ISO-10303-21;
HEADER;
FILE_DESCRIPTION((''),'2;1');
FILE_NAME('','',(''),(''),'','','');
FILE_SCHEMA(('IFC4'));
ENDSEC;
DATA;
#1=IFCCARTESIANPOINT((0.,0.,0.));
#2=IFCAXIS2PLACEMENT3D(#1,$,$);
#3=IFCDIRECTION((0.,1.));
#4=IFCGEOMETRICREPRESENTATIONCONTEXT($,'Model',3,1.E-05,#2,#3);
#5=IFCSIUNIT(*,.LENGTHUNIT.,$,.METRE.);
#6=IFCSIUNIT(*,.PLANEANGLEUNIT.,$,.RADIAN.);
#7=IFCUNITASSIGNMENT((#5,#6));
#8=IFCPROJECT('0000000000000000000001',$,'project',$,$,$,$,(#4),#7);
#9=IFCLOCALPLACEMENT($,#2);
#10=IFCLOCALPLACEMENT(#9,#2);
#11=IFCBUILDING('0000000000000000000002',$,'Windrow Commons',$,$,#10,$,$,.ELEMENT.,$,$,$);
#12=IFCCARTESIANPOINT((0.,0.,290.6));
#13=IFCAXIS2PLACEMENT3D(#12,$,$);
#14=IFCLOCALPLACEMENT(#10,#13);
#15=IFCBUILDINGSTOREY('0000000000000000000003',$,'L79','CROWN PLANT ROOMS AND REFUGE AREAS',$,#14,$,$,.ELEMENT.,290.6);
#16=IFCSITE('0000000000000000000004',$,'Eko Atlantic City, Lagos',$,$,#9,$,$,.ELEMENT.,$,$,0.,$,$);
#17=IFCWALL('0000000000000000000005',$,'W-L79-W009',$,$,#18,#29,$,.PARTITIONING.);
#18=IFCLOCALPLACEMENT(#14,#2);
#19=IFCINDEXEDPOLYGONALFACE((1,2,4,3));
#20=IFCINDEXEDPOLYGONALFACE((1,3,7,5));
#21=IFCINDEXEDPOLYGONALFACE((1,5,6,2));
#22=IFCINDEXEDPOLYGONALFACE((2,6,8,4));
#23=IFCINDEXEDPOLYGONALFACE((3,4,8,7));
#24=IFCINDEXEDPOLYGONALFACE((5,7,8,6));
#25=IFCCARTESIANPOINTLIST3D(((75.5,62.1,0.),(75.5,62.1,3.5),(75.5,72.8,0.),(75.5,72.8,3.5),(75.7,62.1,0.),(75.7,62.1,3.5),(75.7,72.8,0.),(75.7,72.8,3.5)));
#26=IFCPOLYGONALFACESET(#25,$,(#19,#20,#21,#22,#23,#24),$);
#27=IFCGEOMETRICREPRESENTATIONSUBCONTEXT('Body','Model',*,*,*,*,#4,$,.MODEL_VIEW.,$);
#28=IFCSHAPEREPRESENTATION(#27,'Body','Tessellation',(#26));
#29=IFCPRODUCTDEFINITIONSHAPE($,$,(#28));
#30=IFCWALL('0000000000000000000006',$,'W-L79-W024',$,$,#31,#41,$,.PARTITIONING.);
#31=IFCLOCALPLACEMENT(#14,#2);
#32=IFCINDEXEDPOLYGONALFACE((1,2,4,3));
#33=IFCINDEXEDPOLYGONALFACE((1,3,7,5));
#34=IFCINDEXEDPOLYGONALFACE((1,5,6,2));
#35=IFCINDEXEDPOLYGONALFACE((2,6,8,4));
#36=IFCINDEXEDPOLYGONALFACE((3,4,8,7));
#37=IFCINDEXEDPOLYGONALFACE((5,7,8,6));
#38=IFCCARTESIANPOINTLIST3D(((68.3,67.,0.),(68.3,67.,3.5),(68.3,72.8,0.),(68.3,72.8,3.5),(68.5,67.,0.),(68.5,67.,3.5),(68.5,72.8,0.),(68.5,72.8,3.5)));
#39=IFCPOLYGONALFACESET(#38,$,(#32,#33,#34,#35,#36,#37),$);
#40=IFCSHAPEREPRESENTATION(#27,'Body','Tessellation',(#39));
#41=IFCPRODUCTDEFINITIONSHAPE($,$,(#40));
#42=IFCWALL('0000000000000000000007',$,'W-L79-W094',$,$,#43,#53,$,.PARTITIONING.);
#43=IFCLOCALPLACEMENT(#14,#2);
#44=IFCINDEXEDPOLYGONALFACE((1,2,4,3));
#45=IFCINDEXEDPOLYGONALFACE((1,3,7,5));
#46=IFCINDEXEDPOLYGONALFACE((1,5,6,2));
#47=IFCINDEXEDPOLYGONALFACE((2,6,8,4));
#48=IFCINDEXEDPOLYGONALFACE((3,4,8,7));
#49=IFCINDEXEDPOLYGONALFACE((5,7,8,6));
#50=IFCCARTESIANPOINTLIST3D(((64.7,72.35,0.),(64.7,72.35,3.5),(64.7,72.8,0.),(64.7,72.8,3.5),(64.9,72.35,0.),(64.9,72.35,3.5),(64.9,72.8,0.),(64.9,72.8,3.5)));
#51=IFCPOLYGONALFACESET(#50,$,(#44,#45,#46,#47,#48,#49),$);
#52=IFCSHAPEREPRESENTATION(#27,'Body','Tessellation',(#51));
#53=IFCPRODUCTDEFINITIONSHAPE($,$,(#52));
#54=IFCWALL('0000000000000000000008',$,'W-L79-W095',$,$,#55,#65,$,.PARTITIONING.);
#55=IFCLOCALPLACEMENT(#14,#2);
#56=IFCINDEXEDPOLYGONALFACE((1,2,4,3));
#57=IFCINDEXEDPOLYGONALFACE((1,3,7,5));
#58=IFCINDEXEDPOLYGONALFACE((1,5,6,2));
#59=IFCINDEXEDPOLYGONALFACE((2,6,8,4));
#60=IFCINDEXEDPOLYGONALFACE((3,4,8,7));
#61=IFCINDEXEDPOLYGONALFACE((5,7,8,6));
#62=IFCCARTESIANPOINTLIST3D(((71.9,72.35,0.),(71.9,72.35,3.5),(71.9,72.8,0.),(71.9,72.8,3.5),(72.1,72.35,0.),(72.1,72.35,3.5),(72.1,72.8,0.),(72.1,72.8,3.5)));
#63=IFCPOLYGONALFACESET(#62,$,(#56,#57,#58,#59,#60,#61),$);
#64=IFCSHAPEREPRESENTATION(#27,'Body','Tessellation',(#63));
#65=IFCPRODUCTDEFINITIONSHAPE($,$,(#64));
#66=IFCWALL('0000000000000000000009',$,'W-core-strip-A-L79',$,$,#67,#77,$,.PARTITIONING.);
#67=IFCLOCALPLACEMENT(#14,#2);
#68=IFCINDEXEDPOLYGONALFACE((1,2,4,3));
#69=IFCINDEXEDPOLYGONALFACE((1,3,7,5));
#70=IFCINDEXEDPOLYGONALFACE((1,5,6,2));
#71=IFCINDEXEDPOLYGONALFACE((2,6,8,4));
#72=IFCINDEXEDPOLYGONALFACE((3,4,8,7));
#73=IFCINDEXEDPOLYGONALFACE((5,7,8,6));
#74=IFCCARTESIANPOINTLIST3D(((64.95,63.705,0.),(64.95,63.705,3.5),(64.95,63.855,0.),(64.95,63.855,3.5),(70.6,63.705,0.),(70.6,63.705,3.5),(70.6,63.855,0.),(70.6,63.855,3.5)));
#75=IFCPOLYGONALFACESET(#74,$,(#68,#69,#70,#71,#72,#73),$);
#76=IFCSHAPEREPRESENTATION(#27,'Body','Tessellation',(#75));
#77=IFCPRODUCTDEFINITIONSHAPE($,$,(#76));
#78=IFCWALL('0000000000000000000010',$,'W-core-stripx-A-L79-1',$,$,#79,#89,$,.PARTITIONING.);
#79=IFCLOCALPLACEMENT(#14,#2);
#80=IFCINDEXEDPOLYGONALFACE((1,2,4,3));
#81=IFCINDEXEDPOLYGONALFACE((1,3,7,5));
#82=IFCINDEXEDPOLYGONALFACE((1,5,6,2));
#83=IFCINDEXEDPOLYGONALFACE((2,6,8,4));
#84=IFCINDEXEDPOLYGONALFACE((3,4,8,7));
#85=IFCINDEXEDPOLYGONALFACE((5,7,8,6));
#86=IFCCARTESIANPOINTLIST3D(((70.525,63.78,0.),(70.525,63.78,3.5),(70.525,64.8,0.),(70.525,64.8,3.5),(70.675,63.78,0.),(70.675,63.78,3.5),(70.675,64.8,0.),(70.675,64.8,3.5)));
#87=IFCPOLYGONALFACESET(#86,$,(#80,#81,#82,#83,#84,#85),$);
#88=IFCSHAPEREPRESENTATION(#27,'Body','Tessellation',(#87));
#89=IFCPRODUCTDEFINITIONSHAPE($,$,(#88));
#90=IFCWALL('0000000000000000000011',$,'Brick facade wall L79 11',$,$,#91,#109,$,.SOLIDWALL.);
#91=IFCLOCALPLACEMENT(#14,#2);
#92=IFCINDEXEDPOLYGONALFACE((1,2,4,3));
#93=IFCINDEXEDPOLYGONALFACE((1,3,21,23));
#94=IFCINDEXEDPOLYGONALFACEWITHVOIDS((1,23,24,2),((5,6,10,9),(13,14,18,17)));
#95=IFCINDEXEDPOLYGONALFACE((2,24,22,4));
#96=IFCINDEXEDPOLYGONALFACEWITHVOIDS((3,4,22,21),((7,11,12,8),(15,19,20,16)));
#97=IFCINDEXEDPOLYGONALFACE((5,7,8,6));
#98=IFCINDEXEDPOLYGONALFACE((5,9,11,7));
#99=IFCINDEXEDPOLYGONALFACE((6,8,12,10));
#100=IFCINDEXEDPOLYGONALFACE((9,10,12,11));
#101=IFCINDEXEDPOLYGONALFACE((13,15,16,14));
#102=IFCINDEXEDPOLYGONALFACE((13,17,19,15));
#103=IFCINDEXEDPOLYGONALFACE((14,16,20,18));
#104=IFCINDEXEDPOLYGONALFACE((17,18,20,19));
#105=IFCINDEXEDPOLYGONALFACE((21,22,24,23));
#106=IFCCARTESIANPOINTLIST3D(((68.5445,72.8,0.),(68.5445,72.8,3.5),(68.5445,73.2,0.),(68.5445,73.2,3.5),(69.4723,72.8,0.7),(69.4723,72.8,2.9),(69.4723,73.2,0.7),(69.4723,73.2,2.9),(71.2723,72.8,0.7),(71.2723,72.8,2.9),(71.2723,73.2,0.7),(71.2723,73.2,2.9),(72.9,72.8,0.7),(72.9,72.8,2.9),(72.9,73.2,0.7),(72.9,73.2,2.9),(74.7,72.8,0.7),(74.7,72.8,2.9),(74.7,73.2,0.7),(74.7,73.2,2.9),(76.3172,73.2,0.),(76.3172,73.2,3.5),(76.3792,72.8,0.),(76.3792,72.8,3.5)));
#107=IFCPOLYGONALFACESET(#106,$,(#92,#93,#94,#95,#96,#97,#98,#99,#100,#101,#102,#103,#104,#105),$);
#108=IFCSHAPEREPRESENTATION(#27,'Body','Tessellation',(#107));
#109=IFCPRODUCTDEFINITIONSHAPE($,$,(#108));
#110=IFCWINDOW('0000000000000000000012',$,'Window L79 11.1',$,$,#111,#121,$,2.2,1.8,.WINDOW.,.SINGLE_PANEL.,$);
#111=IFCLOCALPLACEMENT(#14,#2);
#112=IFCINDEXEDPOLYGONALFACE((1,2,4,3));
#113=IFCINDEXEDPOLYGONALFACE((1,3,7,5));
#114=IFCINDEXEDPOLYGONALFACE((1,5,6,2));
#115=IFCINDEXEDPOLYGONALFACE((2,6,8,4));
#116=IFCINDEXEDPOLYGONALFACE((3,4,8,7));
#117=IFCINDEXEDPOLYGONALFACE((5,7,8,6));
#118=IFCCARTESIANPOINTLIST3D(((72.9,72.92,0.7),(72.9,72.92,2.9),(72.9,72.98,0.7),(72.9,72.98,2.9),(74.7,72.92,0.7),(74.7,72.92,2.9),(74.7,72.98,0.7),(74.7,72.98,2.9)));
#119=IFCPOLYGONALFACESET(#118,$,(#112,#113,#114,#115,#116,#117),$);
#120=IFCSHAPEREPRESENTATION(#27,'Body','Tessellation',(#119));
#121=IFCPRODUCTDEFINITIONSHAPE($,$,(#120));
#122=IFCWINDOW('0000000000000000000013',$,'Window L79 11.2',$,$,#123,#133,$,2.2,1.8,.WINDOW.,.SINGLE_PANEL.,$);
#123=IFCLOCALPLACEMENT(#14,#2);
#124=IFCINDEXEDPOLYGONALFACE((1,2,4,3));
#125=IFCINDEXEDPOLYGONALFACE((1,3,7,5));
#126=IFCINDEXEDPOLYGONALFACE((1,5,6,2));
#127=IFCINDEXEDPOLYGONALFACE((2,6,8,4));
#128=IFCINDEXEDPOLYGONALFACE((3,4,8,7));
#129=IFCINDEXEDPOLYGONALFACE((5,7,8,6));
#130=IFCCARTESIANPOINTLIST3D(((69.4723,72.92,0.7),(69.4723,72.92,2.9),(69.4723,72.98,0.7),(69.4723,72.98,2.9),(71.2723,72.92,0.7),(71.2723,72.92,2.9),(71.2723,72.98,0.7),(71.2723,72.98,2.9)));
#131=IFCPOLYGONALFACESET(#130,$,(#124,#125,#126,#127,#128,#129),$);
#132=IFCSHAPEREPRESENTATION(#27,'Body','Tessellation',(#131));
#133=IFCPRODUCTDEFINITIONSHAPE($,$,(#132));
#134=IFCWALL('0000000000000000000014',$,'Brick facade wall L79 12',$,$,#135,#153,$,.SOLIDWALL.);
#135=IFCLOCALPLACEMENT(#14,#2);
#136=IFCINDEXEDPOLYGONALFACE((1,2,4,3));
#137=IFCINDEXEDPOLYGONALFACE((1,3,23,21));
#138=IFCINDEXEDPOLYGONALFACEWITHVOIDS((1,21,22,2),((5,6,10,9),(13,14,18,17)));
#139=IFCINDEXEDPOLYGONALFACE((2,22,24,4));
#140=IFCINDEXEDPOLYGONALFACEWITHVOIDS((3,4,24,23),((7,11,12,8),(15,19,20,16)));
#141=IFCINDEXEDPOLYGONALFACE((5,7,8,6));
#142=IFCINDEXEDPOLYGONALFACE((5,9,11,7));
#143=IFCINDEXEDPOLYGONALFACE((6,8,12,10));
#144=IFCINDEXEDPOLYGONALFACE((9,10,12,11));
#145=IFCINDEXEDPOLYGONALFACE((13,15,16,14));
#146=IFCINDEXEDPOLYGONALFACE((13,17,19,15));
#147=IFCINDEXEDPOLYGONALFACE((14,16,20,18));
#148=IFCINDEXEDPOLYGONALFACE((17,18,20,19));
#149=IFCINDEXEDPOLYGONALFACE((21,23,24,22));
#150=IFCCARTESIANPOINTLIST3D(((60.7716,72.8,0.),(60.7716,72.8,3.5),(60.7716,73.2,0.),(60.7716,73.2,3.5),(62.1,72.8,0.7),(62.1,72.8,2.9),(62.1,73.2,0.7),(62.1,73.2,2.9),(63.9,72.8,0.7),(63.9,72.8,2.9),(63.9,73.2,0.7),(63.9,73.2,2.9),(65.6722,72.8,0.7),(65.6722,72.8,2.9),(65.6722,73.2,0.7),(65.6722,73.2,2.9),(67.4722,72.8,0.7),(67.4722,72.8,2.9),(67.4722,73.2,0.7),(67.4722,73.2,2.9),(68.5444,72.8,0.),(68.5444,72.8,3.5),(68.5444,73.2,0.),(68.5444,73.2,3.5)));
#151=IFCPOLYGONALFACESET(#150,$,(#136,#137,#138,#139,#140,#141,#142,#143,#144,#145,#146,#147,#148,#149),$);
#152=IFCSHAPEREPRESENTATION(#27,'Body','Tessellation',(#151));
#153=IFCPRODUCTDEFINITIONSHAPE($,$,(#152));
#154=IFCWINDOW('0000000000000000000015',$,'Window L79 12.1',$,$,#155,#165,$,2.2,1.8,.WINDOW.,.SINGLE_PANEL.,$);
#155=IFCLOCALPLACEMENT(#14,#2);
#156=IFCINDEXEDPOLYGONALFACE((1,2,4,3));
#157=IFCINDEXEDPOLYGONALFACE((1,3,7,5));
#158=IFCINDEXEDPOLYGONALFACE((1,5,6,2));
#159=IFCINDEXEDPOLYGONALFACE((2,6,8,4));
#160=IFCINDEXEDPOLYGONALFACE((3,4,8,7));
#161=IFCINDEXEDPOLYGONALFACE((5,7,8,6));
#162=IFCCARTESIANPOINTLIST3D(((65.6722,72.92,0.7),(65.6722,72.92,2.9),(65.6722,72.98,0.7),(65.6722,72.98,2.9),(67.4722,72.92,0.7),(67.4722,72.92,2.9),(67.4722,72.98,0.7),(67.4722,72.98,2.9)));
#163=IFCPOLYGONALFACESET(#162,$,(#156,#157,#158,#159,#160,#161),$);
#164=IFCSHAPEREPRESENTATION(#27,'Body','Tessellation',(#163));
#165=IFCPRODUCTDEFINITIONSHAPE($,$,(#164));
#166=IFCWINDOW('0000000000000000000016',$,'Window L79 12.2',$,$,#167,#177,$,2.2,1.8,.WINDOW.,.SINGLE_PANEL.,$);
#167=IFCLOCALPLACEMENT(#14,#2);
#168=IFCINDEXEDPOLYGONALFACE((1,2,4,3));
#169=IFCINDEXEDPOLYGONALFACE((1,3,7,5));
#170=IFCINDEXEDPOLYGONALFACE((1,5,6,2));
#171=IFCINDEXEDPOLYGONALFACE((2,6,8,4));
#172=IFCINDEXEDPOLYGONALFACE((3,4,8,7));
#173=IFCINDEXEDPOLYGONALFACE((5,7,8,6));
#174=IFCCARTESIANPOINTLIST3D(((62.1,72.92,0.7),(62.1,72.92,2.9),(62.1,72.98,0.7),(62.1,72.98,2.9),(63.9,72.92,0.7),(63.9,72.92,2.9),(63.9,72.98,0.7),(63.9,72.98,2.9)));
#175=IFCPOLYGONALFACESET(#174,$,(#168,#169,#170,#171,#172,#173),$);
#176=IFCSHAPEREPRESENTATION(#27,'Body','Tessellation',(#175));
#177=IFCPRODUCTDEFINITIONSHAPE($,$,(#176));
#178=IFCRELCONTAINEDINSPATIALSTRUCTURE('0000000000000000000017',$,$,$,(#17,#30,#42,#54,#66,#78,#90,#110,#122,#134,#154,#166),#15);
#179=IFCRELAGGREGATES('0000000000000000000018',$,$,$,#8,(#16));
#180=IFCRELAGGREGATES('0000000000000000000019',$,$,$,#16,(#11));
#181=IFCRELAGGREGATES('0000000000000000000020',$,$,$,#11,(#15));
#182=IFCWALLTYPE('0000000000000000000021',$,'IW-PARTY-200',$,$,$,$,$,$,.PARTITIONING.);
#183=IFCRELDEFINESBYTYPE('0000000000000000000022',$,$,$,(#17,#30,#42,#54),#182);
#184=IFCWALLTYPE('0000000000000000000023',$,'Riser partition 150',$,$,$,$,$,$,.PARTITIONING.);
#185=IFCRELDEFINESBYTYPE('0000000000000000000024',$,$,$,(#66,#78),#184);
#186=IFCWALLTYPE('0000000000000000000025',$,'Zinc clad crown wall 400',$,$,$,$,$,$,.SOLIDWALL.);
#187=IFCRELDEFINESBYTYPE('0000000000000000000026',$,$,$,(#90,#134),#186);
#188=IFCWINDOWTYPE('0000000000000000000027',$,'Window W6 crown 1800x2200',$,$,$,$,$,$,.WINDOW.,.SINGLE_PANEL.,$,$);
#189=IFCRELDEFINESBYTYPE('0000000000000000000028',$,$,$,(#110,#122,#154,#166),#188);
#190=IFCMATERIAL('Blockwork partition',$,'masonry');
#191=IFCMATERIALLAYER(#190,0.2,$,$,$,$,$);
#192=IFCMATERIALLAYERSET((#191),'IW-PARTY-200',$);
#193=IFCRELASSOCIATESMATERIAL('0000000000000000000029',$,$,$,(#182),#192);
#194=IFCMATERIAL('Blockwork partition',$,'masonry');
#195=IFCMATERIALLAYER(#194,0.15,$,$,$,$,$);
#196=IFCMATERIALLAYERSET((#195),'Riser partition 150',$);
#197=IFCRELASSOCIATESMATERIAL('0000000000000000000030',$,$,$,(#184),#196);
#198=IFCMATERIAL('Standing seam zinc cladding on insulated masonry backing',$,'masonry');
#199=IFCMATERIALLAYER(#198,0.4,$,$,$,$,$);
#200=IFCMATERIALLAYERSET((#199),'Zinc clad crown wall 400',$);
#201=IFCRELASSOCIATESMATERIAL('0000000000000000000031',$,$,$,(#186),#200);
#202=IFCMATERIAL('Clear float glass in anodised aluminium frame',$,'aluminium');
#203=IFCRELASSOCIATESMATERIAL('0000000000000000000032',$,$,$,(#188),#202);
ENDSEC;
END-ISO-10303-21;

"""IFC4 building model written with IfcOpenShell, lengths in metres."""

from ifc_helpers import new_model, si_unit, direction, frame, frame_2d, origin, place, context, subcontext, project, spatial, polyline, rectangle, outline, extrude, material, layer, layer_set, type_object, element, fill, save


model = new_model("IFC4")

# Units and contexts
model_context = context("Model", 3, precision=1e-05, world=origin(), true_north=direction((0.0, 1.0)))
body_context = subcontext(model_context, "Body", "Model", "MODEL_VIEW")
ifc_project = project(units=[si_unit("LENGTHUNIT", "METRE"), si_unit("PLANEANGLEUNIT", "RADIAN")], contexts=[model_context])

# Site, building, storey
site_placement = place(None, origin())
site = spatial("IfcSite", under=ifc_project, at=site_placement, Name="Eko Atlantic City, Lagos", CompositionType="ELEMENT", RefElevation=0.0)
building_placement = place(site_placement, origin())
building = spatial("IfcBuilding", under=site, at=building_placement, Name="Windrow Commons", CompositionType="ELEMENT")
storey_placement = place(building_placement, frame((0.0, 0.0, 290.6)))
storey = spatial("IfcBuildingStorey", under=building, at=storey_placement, Name="L79", Description="CROWN PLANT ROOMS AND REFUGE AREAS", CompositionType="ELEMENT", Elevation=290.6)

# Walls
ifc_material_1 = material(Name="Blockwork partition", Category="masonry")
ifc_layer_1 = layer(ifc_material_1, 0.2)
ifc_layer_set_1 = layer_set([ifc_layer_1], Name="IW-PARTY-200")
wall_type_1 = type_object("IfcWallType", Name="IW-PARTY-200", PredefinedType="PARTITIONING", material=ifc_layer_set_1)
wall_1_placement = place(storey_placement, frame((75.6, 62.1, 0.0), z_axis=(0.0, 0.0, 1.0), x_axis=(0.0, 1.0, 0.0)))
element("IfcWall", 1, at=wall_1_placement, inside=storey, type_object=wall_type_1, Name="W-L79-W009", PredefinedType="PARTITIONING", context=body_context, shape_type="SweptSolid", body=[
    extrude(outline(polyline([(0.0, -0.1), (10.7, -0.1), (10.7, 0.1), (0.0, 0.1), (0.0, -0.1)])), origin(), (0.0, 0.0, 1.0), 3.5),
])
wall_2_placement = place(storey_placement, frame((68.4, 67.0, 0.0), z_axis=(0.0, 0.0, 1.0), x_axis=(0.0, 1.0, 0.0)))
element("IfcWall", 2, at=wall_2_placement, inside=storey, type_object=wall_type_1, Name="W-L79-W024", PredefinedType="PARTITIONING", context=body_context, shape_type="SweptSolid", body=[
    extrude(outline(polyline([(0.0, -0.1), (5.8, -0.1), (5.8, 0.1), (0.0, 0.1), (0.0, -0.1)])), origin(), (0.0, 0.0, 1.0), 3.5),
])
for number, where, z_axis, x_axis, name in (
    (3, (64.8, 72.35, 0.0), (0.0, 0.0, 1.0), (0.0, 1.0, 0.0), "W-L79-W094"),
    (4, (72.0, 72.35, 0.0), (0.0, 0.0, 1.0), (0.0, 1.0, 0.0), "W-L79-W095"),
):
    element("IfcWall", number, at=place(storey_placement, frame(where, z_axis=z_axis, x_axis=x_axis)), inside=storey, type_object=wall_type_1, Name=name, PredefinedType="PARTITIONING", context=body_context, shape_type="SweptSolid", body=[
        extrude(outline(polyline([(0.0, -0.1), (0.45, -0.1), (0.45, 0.1), (0.0, 0.1), (0.0, -0.1)])), origin(), (0.0, 0.0, 1.0), 3.5),
    ])
ifc_material_2 = material(Name="Blockwork partition", Category="masonry")
ifc_layer_2 = layer(ifc_material_2, 0.15)
ifc_layer_set_2 = layer_set([ifc_layer_2], Name="Riser partition 150")
wall_type_2 = type_object("IfcWallType", Name="Riser partition 150", PredefinedType="PARTITIONING", material=ifc_layer_set_2)
wall_3_placement = place(storey_placement, frame((64.95, 63.78, 0.0), z_axis=(0.0, 0.0, 1.0), x_axis=(1.0, 0.0, 0.0)))
element("IfcWall", 5, at=wall_3_placement, inside=storey, type_object=wall_type_2, Name="W-core-strip-A-L79", PredefinedType="PARTITIONING", context=body_context, shape_type="SweptSolid", body=[
    extrude(rectangle(XDim=5.65, YDim=0.15, at=frame_2d((2.825, 0.0))), origin(), (0.0, 0.0, 1.0), 3.5),
])
wall_4_placement = place(storey_placement, frame((70.6, 63.78, 0.0), z_axis=(0.0, 0.0, 1.0), x_axis=(0.0, 1.0, 0.0)))
element("IfcWall", 6, at=wall_4_placement, inside=storey, type_object=wall_type_2, Name="W-core-stripx-A-L79-1", PredefinedType="PARTITIONING", context=body_context, shape_type="SweptSolid", body=[
    extrude(rectangle(XDim=1.02, YDim=0.15, at=frame_2d((0.51, 0.0))), origin(), (0.0, 0.0, 1.0), 3.5),
])

# Walls, openings, windows
ifc_material_3 = material(Name="Standing seam zinc cladding on insulated masonry backing", Category="masonry")
ifc_layer_3 = layer(ifc_material_3, 0.4)
ifc_layer_set_3 = layer_set([ifc_layer_3], Name="Zinc clad crown wall 400")
wall_type_3 = type_object("IfcWallType", Name="Zinc clad crown wall 400", PredefinedType="SOLIDWALL", material=ifc_layer_set_3)
wall_5_placement = place(storey_placement, frame((76.3482, 73.0, 0.0), z_axis=(0.0, 0.0, 1.0), x_axis=(-1.0, 0.0, 0.0)))
wall_5 = element("IfcWall", 7, at=wall_5_placement, inside=storey, type_object=wall_type_3, Name="Brick facade wall L79 11", PredefinedType="SOLIDWALL", context=body_context, shape_type="SweptSolid", body=[
    extrude(outline(polyline([(0.031, -0.2), (7.8037, -0.2), (7.8037, 0.2), (-0.031, 0.2), (0.031, -0.2)])), origin(), (0.0, 0.0, 1.0), 3.5),
])
opening_1_placement = place(wall_5_placement, frame((1.6482, 0.0, 0.7)))
opening_1 = element("IfcOpeningElement", 8, at=opening_1_placement, cuts=wall_5, PredefinedType="OPENING", context=body_context, shape_type="SweptSolid", body=[
    extrude(rectangle(XDim=1.8, YDim=2.2, at=frame_2d((0.9, 1.1))), frame((0.0, 0.21, 0.0), z_axis=(0.0, -1.0, 0.0), x_axis=(1.0, 0.0, 0.0)), (0.0, 0.0, 1.0), 0.42),
])
opening_2_placement = place(wall_5_placement, frame((5.0759, 0.0, 0.7)))
opening_2 = element("IfcOpeningElement", 9, at=opening_2_placement, cuts=wall_5, PredefinedType="OPENING", context=body_context, shape_type="SweptSolid", body=[
    extrude(rectangle(XDim=1.8, YDim=2.2, at=frame_2d((0.9, 1.1))), frame((0.0, 0.21, 0.0), z_axis=(0.0, -1.0, 0.0), x_axis=(1.0, 0.0, 0.0)), (0.0, 0.0, 1.0), 0.42),
])
ifc_material_4 = material(Name="Clear float glass in anodised aluminium frame", Category="aluminium")
window_type = type_object("IfcWindowType", Name="Window W6 crown 1800x2200", PartitioningType="SINGLE_PANEL", PredefinedType="WINDOW", material=ifc_material_4)
window_1_placement = place(opening_1_placement, origin())
window_1 = element("IfcWindow", 10, at=window_1_placement, inside=storey, type_object=window_type, Name="Window L79 11.1", OverallHeight=2.2, OverallWidth=1.8, PartitioningType="SINGLE_PANEL", PredefinedType="WINDOW", context=body_context, shape_type="SweptSolid", body=[
    extrude(rectangle(XDim=1.8, YDim=2.2, at=frame_2d((0.9, 1.1))), frame((0.0, 0.08, 0.0), z_axis=(0.0, -1.0, 0.0), x_axis=(1.0, 0.0, 0.0)), (0.0, 0.0, 1.0), 0.06),
])
fill(opening_1, window_1)
window_2_placement = place(opening_2_placement, origin())
window_2 = element("IfcWindow", 11, at=window_2_placement, inside=storey, type_object=window_type, Name="Window L79 11.2", OverallHeight=2.2, OverallWidth=1.8, PartitioningType="SINGLE_PANEL", PredefinedType="WINDOW", context=body_context, shape_type="SweptSolid", body=[
    extrude(rectangle(XDim=1.8, YDim=2.2, at=frame_2d((0.9, 1.1))), frame((0.0, 0.08, 0.0), z_axis=(0.0, -1.0, 0.0), x_axis=(1.0, 0.0, 0.0)), (0.0, 0.0, 1.0), 0.06),
])
fill(opening_2, window_2)
wall_6_placement = place(storey_placement, frame((68.5444, 73.0, 0.0), z_axis=(0.0, 0.0, 1.0), x_axis=(-1.0, 0.0, 0.0)))
wall_6 = element("IfcWall", 12, at=wall_6_placement, inside=storey, type_object=wall_type_3, Name="Brick facade wall L79 12", PredefinedType="SOLIDWALL", context=body_context, shape_type="SweptSolid", body=[
    extrude(outline(polyline([(0.0, -0.2), (7.7728, -0.2), (7.7728, 0.2), (0.0, 0.2), (0.0, -0.2)])), origin(), (0.0, 0.0, 1.0), 3.5),
])
opening_3_placement = place(wall_6_placement, frame((1.0722, 0.0, 0.7)))
opening_3 = element("IfcOpeningElement", 13, at=opening_3_placement, cuts=wall_6, PredefinedType="OPENING", context=body_context, shape_type="SweptSolid", body=[
    extrude(rectangle(XDim=1.8, YDim=2.2, at=frame_2d((0.9, 1.1))), frame((0.0, 0.21, 0.0), z_axis=(0.0, -1.0, 0.0), x_axis=(1.0, 0.0, 0.0)), (0.0, 0.0, 1.0), 0.42),
])
opening_4_placement = place(wall_6_placement, frame((4.6444, 0.0, 0.7)))
opening_4 = element("IfcOpeningElement", 14, at=opening_4_placement, cuts=wall_6, PredefinedType="OPENING", context=body_context, shape_type="SweptSolid", body=[
    extrude(rectangle(XDim=1.8, YDim=2.2, at=frame_2d((0.9, 1.1))), frame((0.0, 0.21, 0.0), z_axis=(0.0, -1.0, 0.0), x_axis=(1.0, 0.0, 0.0)), (0.0, 0.0, 1.0), 0.42),
])
window_3_placement = place(opening_3_placement, origin())
window_3 = element("IfcWindow", 15, at=window_3_placement, inside=storey, type_object=window_type, Name="Window L79 12.1", OverallHeight=2.2, OverallWidth=1.8, PartitioningType="SINGLE_PANEL", PredefinedType="WINDOW", context=body_context, shape_type="SweptSolid", body=[
    extrude(rectangle(XDim=1.8, YDim=2.2, at=frame_2d((0.9, 1.1))), frame((0.0, 0.08, 0.0), z_axis=(0.0, -1.0, 0.0), x_axis=(1.0, 0.0, 0.0)), (0.0, 0.0, 1.0), 0.06),
])
fill(opening_3, window_3)
window_4_placement = place(opening_4_placement, origin())
window_4 = element("IfcWindow", 16, at=window_4_placement, inside=storey, type_object=window_type, Name="Window L79 12.2", OverallHeight=2.2, OverallWidth=1.8, PartitioningType="SINGLE_PANEL", PredefinedType="WINDOW", context=body_context, shape_type="SweptSolid", body=[
    extrude(rectangle(XDim=1.8, YDim=2.2, at=frame_2d((0.9, 1.1))), frame((0.0, 0.08, 0.0), z_axis=(0.0, -1.0, 0.0), x_axis=(1.0, 0.0, 0.0)), (0.0, 0.0, 1.0), 0.06),
])
fill(opening_4, window_4)

save(model, "model.ifc")
